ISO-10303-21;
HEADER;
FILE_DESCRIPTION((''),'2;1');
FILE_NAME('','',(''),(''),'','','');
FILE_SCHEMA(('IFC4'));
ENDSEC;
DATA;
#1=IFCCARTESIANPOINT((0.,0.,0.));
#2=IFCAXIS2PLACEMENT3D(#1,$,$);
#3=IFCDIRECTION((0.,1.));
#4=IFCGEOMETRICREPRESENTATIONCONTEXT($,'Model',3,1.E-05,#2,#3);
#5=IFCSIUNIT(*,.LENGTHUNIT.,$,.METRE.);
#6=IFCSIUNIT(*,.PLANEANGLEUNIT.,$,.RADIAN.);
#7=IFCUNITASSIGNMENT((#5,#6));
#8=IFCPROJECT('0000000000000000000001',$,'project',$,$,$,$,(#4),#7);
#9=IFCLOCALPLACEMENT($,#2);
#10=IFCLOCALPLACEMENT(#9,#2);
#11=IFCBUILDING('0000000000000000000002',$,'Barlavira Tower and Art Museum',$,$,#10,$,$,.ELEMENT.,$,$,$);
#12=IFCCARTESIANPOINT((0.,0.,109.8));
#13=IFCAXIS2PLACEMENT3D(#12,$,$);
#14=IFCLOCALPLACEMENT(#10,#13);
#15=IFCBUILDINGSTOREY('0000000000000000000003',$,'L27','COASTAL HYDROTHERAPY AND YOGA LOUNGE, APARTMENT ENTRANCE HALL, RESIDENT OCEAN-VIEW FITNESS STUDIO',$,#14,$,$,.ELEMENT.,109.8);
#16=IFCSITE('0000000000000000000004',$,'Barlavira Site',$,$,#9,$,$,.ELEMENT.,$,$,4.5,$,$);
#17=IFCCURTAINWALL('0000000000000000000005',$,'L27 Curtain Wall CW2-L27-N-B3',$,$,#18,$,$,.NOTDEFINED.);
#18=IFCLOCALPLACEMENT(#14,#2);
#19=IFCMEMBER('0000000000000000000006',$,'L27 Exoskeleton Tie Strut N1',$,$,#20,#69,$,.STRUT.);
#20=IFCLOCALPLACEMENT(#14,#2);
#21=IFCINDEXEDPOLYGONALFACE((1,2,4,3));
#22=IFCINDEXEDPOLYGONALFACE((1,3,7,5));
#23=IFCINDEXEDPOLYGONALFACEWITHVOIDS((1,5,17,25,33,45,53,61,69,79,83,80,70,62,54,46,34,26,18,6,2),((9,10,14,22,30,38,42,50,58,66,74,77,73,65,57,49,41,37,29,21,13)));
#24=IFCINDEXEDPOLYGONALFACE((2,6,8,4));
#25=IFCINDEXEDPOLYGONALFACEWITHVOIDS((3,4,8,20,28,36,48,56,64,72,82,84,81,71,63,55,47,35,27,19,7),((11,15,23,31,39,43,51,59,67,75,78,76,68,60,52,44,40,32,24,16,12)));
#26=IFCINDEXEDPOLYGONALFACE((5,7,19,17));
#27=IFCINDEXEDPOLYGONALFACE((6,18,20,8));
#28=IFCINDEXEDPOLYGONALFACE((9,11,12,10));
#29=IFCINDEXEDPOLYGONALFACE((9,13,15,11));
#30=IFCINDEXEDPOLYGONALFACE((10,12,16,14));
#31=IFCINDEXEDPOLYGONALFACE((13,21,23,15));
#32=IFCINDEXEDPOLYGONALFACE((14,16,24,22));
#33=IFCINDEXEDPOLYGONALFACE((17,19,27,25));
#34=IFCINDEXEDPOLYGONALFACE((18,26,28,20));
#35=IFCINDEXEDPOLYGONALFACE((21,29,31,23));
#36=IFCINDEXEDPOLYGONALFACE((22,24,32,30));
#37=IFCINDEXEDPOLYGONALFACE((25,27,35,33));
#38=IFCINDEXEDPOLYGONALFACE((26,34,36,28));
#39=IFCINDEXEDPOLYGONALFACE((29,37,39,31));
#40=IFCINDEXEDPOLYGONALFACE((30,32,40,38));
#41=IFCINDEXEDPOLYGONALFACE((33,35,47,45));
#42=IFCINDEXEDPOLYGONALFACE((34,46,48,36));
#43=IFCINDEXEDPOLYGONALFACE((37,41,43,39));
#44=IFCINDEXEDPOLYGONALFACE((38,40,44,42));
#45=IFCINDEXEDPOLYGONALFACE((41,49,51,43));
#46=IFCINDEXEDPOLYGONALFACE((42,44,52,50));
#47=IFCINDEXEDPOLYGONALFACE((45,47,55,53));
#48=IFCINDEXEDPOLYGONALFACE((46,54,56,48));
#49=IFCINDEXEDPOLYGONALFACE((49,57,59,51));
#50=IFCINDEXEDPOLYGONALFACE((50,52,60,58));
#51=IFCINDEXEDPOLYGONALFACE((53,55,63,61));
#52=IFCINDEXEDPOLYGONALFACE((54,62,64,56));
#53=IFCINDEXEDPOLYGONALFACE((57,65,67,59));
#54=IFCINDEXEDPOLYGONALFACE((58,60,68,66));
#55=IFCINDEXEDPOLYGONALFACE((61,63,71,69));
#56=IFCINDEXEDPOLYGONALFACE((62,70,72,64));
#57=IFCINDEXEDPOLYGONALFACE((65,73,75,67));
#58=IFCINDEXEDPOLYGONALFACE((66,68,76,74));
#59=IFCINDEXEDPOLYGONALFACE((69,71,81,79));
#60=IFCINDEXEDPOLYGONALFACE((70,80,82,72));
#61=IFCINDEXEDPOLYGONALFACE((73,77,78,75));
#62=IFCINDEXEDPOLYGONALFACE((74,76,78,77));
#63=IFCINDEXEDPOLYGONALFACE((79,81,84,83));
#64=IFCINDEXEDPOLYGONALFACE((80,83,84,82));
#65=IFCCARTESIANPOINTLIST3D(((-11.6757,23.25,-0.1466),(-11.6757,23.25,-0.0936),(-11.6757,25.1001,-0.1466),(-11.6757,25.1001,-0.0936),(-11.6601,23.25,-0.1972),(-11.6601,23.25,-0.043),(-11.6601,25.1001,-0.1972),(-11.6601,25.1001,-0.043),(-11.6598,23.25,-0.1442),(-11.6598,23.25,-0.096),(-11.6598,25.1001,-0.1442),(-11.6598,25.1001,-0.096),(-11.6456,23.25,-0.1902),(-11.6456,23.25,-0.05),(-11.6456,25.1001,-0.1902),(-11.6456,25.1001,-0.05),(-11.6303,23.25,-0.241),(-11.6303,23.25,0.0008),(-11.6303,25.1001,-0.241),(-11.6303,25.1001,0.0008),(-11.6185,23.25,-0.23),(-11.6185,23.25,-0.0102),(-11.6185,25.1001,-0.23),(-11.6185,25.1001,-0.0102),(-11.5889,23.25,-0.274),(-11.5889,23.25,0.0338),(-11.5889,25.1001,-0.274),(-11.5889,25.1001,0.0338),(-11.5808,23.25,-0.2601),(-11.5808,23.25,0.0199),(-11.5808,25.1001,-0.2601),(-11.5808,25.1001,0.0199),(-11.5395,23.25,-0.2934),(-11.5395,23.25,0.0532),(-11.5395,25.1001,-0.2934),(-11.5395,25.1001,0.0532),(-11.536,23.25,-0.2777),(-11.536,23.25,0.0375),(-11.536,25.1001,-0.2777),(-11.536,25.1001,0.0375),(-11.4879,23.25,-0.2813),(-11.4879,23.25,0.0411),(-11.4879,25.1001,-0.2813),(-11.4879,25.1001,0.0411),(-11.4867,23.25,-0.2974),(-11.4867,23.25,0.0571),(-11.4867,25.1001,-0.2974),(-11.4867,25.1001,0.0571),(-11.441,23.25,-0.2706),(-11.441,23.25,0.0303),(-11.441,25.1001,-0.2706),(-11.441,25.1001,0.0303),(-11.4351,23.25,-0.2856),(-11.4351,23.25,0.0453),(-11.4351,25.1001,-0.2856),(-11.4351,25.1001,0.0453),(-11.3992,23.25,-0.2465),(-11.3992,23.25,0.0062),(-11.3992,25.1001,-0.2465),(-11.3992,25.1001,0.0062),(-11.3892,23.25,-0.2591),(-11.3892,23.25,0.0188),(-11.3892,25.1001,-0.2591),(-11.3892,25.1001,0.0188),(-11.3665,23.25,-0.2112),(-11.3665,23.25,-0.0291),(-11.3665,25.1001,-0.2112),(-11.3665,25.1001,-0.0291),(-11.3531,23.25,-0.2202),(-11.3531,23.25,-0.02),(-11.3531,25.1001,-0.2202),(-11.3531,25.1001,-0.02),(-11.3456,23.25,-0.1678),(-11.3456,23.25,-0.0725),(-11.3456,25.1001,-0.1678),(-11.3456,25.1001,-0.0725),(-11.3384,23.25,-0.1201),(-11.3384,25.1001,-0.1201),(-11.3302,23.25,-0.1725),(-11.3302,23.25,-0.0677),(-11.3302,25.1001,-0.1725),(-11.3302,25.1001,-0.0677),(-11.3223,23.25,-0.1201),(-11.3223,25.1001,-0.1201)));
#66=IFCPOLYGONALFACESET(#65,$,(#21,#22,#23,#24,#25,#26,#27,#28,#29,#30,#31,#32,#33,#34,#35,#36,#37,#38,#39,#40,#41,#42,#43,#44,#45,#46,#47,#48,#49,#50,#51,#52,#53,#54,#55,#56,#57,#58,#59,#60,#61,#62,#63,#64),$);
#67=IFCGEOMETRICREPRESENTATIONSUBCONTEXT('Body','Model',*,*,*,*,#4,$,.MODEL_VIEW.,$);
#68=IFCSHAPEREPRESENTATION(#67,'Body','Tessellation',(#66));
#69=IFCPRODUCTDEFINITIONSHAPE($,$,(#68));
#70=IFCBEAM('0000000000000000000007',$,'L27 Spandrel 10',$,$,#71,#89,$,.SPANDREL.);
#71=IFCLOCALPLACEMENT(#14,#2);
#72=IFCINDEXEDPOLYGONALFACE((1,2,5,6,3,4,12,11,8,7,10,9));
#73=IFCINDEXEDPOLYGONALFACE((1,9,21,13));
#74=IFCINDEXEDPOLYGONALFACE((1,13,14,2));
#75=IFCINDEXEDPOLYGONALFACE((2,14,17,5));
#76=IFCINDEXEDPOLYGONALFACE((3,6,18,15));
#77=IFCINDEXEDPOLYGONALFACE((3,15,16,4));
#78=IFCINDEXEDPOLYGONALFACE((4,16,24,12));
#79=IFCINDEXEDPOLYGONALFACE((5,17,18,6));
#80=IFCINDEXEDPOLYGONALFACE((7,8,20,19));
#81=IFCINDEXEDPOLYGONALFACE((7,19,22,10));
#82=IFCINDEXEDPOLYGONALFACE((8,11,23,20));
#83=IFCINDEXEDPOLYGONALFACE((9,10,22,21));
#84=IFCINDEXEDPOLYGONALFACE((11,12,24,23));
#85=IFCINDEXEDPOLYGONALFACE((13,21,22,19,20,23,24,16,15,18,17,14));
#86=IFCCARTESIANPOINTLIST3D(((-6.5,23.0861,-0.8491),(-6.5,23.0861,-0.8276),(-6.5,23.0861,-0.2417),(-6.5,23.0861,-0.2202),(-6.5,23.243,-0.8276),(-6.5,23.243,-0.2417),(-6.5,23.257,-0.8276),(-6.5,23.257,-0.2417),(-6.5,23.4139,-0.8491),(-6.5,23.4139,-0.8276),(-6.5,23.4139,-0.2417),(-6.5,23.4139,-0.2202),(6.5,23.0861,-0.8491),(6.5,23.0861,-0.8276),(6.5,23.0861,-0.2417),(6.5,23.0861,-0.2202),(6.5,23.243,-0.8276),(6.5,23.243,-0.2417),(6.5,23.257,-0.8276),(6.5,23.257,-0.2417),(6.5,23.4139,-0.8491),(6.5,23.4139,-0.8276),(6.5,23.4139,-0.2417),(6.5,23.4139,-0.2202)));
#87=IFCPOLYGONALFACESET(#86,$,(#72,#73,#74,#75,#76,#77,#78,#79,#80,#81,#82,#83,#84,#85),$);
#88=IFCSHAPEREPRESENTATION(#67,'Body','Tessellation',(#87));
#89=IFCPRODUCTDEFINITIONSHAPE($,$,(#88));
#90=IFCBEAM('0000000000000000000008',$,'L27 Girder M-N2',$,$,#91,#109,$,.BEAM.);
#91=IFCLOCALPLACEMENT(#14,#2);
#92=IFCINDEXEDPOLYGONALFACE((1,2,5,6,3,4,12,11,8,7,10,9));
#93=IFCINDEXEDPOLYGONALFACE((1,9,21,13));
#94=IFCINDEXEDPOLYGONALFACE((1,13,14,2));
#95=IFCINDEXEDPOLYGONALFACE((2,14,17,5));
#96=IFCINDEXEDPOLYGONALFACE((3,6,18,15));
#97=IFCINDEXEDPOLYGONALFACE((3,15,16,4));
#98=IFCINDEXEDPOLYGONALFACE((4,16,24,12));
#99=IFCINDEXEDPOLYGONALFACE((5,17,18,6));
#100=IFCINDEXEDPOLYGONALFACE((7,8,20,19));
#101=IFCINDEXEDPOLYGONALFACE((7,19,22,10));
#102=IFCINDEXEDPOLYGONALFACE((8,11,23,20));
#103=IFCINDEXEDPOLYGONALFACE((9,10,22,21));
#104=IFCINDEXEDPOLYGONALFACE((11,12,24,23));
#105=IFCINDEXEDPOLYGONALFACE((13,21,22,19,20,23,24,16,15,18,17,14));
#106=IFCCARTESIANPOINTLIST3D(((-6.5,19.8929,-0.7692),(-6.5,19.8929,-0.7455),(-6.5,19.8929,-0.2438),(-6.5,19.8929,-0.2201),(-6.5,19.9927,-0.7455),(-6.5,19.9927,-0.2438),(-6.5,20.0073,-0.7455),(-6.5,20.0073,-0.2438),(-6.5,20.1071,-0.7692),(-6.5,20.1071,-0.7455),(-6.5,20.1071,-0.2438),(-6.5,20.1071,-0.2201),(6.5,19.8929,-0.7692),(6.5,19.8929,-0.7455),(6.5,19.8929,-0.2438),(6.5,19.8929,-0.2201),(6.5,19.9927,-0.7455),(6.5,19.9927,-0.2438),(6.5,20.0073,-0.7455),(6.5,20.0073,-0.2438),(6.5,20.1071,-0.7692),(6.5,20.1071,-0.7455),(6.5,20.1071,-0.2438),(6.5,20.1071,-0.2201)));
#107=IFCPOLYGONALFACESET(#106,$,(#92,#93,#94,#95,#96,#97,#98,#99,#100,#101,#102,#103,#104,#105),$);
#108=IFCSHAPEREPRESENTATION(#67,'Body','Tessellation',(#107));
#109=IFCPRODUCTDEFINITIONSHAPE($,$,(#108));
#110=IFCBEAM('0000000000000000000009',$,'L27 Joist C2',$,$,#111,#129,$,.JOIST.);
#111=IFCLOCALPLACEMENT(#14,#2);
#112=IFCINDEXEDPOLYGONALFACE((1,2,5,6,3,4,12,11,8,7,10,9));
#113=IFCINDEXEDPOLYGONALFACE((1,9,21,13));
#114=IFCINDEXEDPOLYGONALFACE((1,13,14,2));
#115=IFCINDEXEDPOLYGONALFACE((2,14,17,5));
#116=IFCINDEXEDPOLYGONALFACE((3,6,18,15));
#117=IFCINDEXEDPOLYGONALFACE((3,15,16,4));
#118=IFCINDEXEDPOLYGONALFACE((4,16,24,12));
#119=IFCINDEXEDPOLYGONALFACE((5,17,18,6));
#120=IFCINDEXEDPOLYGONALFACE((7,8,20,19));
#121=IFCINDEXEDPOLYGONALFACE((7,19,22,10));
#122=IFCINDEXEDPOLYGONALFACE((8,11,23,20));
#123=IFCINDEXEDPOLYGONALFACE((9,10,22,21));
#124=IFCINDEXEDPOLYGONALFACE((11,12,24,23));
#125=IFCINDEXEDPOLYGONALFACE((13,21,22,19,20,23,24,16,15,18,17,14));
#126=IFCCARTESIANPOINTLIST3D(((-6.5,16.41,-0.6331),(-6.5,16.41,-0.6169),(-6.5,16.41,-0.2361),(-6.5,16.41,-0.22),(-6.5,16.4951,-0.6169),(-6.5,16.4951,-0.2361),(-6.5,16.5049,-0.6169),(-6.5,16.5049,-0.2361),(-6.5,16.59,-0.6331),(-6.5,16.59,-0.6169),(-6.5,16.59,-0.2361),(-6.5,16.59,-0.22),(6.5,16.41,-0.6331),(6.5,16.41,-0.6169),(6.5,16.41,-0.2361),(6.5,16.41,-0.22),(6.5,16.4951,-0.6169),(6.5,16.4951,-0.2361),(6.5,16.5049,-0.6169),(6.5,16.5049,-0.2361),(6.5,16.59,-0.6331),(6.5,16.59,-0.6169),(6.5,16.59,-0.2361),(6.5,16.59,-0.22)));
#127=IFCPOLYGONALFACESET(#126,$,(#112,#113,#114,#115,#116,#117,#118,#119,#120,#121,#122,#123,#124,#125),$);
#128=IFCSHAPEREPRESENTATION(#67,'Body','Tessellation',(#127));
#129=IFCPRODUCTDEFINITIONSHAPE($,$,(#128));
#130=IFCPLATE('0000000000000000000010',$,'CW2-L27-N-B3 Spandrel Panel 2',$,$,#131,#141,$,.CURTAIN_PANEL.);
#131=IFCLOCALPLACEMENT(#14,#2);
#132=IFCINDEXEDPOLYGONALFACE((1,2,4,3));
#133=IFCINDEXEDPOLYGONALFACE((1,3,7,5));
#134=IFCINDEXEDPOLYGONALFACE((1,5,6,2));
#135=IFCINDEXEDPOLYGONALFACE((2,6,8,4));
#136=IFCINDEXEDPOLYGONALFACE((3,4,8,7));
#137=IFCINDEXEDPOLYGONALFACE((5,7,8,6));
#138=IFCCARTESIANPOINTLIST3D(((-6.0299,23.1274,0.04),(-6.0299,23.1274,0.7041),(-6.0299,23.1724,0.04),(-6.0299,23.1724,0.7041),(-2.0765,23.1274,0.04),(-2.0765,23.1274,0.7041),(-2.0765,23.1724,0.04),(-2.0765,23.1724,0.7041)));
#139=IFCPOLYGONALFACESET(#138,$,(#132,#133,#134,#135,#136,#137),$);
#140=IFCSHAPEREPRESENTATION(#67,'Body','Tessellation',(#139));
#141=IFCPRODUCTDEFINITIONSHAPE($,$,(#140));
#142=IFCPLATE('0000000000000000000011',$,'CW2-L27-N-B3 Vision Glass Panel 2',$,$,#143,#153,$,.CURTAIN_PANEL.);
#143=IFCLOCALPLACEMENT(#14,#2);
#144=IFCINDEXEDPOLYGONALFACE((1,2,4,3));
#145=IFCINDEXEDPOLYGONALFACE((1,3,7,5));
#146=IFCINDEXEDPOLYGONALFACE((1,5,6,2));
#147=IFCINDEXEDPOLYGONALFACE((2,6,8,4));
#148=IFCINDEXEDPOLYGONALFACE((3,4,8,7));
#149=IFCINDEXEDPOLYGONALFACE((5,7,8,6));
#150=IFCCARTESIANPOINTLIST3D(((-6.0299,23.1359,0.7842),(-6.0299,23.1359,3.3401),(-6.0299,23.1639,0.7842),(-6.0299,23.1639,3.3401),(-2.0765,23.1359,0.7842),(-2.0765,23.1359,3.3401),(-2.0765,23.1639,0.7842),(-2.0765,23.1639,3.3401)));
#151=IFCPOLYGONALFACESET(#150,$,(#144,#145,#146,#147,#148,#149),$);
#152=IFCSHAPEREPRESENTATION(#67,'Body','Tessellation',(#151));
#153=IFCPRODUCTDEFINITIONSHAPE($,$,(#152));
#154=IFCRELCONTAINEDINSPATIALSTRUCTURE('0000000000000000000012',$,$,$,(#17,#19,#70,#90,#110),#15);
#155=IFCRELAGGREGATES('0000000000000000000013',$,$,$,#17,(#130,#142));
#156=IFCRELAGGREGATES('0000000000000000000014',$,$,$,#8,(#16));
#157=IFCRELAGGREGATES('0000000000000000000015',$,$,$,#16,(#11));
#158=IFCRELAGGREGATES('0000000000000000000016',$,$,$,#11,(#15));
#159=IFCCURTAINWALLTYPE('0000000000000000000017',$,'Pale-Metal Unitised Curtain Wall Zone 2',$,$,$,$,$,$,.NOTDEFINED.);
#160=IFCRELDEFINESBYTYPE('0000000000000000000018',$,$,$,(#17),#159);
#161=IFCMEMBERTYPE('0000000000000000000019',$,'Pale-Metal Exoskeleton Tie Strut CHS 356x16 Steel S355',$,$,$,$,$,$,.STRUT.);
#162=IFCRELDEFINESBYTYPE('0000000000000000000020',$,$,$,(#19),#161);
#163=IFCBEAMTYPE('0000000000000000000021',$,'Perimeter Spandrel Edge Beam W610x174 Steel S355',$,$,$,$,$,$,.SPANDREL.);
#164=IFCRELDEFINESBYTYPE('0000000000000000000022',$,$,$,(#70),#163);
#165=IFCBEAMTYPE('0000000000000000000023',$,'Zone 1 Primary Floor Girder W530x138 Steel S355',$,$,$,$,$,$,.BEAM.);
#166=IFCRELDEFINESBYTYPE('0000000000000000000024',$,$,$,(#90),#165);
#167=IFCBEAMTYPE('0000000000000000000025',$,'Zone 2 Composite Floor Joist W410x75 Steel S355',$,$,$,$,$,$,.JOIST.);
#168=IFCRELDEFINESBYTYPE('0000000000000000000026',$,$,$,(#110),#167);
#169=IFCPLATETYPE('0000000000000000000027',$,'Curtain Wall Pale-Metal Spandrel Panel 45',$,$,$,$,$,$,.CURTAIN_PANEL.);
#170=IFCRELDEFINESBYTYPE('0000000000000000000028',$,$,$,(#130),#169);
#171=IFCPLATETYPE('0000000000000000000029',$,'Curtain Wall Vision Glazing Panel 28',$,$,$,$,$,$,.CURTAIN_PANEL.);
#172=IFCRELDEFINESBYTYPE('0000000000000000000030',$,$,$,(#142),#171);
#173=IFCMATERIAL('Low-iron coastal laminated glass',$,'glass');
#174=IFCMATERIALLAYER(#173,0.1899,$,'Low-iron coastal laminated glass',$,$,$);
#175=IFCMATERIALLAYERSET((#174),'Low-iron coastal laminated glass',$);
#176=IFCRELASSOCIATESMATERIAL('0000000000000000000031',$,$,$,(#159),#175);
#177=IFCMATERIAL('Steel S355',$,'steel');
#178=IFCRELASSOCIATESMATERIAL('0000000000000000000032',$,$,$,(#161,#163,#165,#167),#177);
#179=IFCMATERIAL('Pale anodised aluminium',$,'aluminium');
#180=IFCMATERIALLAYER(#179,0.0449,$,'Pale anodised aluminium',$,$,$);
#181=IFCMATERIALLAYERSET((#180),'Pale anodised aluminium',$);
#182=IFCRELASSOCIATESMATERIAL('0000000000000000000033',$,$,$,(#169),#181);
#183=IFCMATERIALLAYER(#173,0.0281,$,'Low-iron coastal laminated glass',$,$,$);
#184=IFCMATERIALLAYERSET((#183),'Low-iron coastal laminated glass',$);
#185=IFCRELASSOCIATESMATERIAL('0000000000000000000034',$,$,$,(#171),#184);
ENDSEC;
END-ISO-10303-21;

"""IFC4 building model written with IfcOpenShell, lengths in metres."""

from ifc_helpers import new_model, si_unit, direction, frame, origin, origin_2d, place, context, subcontext, project, spatial, rectangle, hollow_circle, i_section, extrude, material, layer, layer_set, material_profile, profile_set, type_object, element, aggregate, save


model = new_model("IFC4")

# Units and contexts
model_context = context("Model", 3, precision=1e-05, world=origin(), true_north=direction((0.0, 1.0)))
body_context = subcontext(model_context, "Body", "Model", "MODEL_VIEW")
ifc_project = project(units=[si_unit("LENGTHUNIT", "METRE"), si_unit("PLANEANGLEUNIT", "RADIAN")], contexts=[model_context])

# Site, building, storey
site_placement = place(None, origin())
site = spatial("IfcSite", under=ifc_project, at=site_placement, Name="Barlavira Site", CompositionType="ELEMENT", RefElevation=4.5)
building_placement = place(site_placement, origin())
building = spatial("IfcBuilding", under=site, at=building_placement, Name="Barlavira Tower and Art Museum", CompositionType="ELEMENT")
storey_placement = place(building_placement, frame((0.0, 0.0, 109.8)))
storey = spatial("IfcBuildingStorey", under=building, at=storey_placement, Name="L27", Description="COASTAL HYDROTHERAPY AND YOGA LOUNGE, APARTMENT ENTRANCE HALL, RESIDENT OCEAN-VIEW FITNESS STUDIO", CompositionType="ELEMENT", Elevation=109.8)

# Curtain wall
ifc_material_1 = material(Name="Low-iron coastal laminated glass", Category="glass")
ifc_layer_1 = layer(ifc_material_1, 0.1899, Name="Low-iron coastal laminated glass")
ifc_layer_set_1 = layer_set([ifc_layer_1], Name="Low-iron coastal laminated glass")
curtain_wall_type = type_object("IfcCurtainWallType", Name="Pale-Metal Unitised Curtain Wall Zone 2", PredefinedType="NOTDEFINED", material=ifc_layer_set_1)
curtain_wall_placement = place(storey_placement, origin())
curtain_wall = element("IfcCurtainWall", 1, at=curtain_wall_placement, inside=storey, type_object=curtain_wall_type, Name="L27 Curtain Wall CW2-L27-N-B3", PredefinedType="NOTDEFINED")
ifc_material_2 = material(Name="Pale anodised aluminium", Category="aluminium")

# Member
ifc_material_3 = material(Name="Steel S355", Category="steel")
ifc_material_profile_1 = material_profile(ifc_material_3, hollow_circle(Radius=0.1777, WallThickness=0.0161, at=origin_2d()), Name="CHS 355.6x16.0")
ifc_profile_set_1 = profile_set([ifc_material_profile_1], Name="Steel S355")
member_type_1 = type_object("IfcMemberType", Name="Pale-Metal Exoskeleton Tie Strut CHS 356x16 Steel S355", PredefinedType="STRUT", material=ifc_profile_set_1)
member_1_placement = place(storey_placement, frame((-11.5, 25.1001, -0.1201), z_axis=(0.0, -1.0, 0.0), x_axis=(1.0, 0.0, 0.0)))
element("IfcMember", 2, at=member_1_placement, inside=storey, type_object=member_type_1, Name="L27 Exoskeleton Tie Strut N1", PredefinedType="STRUT", context=body_context, shape_type="SweptSolid", body=[
    extrude(hollow_circle(Radius=0.1777, WallThickness=0.0161, at=origin_2d()), origin(), (0.0, 0.0, 1.0), 1.8501),
])

# Beams
ifc_material_profile_2 = material_profile(ifc_material_3, i_section(OverallWidth=0.3279, OverallDepth=0.6289, WebThickness=0.0139, FlangeThickness=0.0215, at=origin_2d()), Name="W610x174.0")
ifc_profile_set_2 = profile_set([ifc_material_profile_2], Name="Steel S355")
beam_type_1 = type_object("IfcBeamType", Name="Perimeter Spandrel Edge Beam W610x174 Steel S355", PredefinedType="SPANDREL", material=ifc_profile_set_2)
beam_1_placement = place(storey_placement, frame((-6.5, 23.25, -0.5347), z_axis=(1.0, 0.0, 0.0), x_axis=(0.0, 1.0, 0.0)))
element("IfcBeam", 3, at=beam_1_placement, inside=storey, type_object=beam_type_1, Name="L27 Spandrel 10", PredefinedType="SPANDREL", context=body_context, shape_type="SweptSolid", body=[
    extrude(i_section(OverallWidth=0.3279, OverallDepth=0.6289, WebThickness=0.0139, FlangeThickness=0.0215, at=origin_2d()), origin(), (0.0, 0.0, 1.0), 13.0),
])
ifc_material_profile_3 = material_profile(ifc_material_3, i_section(OverallWidth=0.2141, OverallDepth=0.5491, WebThickness=0.0146, FlangeThickness=0.0237, at=origin_2d()), Name="W530x138.0")
ifc_profile_set_3 = profile_set([ifc_material_profile_3], Name="Steel S355")
beam_type_2 = type_object("IfcBeamType", Name="Zone 1 Primary Floor Girder W530x138 Steel S355", PredefinedType="BEAM", material=ifc_profile_set_3)
beam_2_placement = place(storey_placement, frame((-6.5, 20.0, -0.4946), z_axis=(1.0, 0.0, 0.0), x_axis=(0.0, 1.0, 0.0)))
element("IfcBeam", 4, at=beam_2_placement, inside=storey, type_object=beam_type_2, Name="L27 Girder M-N2", PredefinedType="BEAM", context=body_context, shape_type="SweptSolid", body=[
    extrude(i_section(OverallWidth=0.2141, OverallDepth=0.5491, WebThickness=0.0146, FlangeThickness=0.0237, at=origin_2d()), origin(), (0.0, 0.0, 1.0), 13.0),
])
ifc_material_profile_4 = material_profile(ifc_material_3, i_section(OverallWidth=0.1799, OverallDepth=0.4131, WebThickness=0.0098, FlangeThickness=0.0161, at=origin_2d()), Name="W410x75.0")
ifc_profile_set_4 = profile_set([ifc_material_profile_4], Name="Steel S355")
beam_type_3 = type_object("IfcBeamType", Name="Zone 2 Composite Floor Joist W410x75 Steel S355", PredefinedType="JOIST", material=ifc_profile_set_4)
beam_3_placement = place(storey_placement, frame((-6.5, 16.5, -0.4265), z_axis=(1.0, 0.0, 0.0), x_axis=(0.0, 1.0, 0.0)))
element("IfcBeam", 5, at=beam_3_placement, inside=storey, type_object=beam_type_3, Name="L27 Joist C2", PredefinedType="JOIST", context=body_context, shape_type="SweptSolid", body=[
    extrude(i_section(OverallWidth=0.1799, OverallDepth=0.4131, WebThickness=0.0098, FlangeThickness=0.0161, at=origin_2d()), origin(), (0.0, 0.0, 1.0), 13.0),
])

# Plates
ifc_layer_2 = layer(ifc_material_2, 0.0449, Name="Pale anodised aluminium")
ifc_layer_set_2 = layer_set([ifc_layer_2], Name="Pale anodised aluminium")
plate_type_1 = type_object("IfcPlateType", Name="Curtain Wall Pale-Metal Spandrel Panel 45", PredefinedType="CURTAIN_PANEL", material=ifc_layer_set_2)
plate_1_placement = place(storey_placement, frame((-4.0532, 23.1499, 0.04), z_axis=(0.0, 0.0, 1.0), x_axis=(-1.0, 0.0, 0.0)))
plate_1 = element("IfcPlate", 6, at=plate_1_placement, type_object=plate_type_1, Name="CW2-L27-N-B3 Spandrel Panel 2", PredefinedType="CURTAIN_PANEL", context=body_context, shape_type="SweptSolid", body=[
    extrude(rectangle(XDim=3.9534, YDim=0.0449, at=origin_2d()), origin(), (0.0, 0.0, 1.0), 0.6641),
])
ifc_layer_3 = layer(ifc_material_1, 0.0281, Name="Low-iron coastal laminated glass")
ifc_layer_set_3 = layer_set([ifc_layer_3], Name="Low-iron coastal laminated glass")
plate_type_2 = type_object("IfcPlateType", Name="Curtain Wall Vision Glazing Panel 28", PredefinedType="CURTAIN_PANEL", material=ifc_layer_set_3)
plate_2_placement = place(storey_placement, frame((-4.0532, 23.1499, 0.7842), z_axis=(0.0, 0.0, 1.0), x_axis=(-1.0, 0.0, 0.0)))
plate_2 = element("IfcPlate", 7, at=plate_2_placement, type_object=plate_type_2, Name="CW2-L27-N-B3 Vision Glass Panel 2", PredefinedType="CURTAIN_PANEL", context=body_context, shape_type="SweptSolid", body=[
    extrude(rectangle(XDim=3.9534, YDim=0.0281, at=origin_2d()), origin(), (0.0, 0.0, 1.0), 2.5559),
])
aggregate(curtain_wall, [plate_1, plate_2])

save(model, "model.ifc")
